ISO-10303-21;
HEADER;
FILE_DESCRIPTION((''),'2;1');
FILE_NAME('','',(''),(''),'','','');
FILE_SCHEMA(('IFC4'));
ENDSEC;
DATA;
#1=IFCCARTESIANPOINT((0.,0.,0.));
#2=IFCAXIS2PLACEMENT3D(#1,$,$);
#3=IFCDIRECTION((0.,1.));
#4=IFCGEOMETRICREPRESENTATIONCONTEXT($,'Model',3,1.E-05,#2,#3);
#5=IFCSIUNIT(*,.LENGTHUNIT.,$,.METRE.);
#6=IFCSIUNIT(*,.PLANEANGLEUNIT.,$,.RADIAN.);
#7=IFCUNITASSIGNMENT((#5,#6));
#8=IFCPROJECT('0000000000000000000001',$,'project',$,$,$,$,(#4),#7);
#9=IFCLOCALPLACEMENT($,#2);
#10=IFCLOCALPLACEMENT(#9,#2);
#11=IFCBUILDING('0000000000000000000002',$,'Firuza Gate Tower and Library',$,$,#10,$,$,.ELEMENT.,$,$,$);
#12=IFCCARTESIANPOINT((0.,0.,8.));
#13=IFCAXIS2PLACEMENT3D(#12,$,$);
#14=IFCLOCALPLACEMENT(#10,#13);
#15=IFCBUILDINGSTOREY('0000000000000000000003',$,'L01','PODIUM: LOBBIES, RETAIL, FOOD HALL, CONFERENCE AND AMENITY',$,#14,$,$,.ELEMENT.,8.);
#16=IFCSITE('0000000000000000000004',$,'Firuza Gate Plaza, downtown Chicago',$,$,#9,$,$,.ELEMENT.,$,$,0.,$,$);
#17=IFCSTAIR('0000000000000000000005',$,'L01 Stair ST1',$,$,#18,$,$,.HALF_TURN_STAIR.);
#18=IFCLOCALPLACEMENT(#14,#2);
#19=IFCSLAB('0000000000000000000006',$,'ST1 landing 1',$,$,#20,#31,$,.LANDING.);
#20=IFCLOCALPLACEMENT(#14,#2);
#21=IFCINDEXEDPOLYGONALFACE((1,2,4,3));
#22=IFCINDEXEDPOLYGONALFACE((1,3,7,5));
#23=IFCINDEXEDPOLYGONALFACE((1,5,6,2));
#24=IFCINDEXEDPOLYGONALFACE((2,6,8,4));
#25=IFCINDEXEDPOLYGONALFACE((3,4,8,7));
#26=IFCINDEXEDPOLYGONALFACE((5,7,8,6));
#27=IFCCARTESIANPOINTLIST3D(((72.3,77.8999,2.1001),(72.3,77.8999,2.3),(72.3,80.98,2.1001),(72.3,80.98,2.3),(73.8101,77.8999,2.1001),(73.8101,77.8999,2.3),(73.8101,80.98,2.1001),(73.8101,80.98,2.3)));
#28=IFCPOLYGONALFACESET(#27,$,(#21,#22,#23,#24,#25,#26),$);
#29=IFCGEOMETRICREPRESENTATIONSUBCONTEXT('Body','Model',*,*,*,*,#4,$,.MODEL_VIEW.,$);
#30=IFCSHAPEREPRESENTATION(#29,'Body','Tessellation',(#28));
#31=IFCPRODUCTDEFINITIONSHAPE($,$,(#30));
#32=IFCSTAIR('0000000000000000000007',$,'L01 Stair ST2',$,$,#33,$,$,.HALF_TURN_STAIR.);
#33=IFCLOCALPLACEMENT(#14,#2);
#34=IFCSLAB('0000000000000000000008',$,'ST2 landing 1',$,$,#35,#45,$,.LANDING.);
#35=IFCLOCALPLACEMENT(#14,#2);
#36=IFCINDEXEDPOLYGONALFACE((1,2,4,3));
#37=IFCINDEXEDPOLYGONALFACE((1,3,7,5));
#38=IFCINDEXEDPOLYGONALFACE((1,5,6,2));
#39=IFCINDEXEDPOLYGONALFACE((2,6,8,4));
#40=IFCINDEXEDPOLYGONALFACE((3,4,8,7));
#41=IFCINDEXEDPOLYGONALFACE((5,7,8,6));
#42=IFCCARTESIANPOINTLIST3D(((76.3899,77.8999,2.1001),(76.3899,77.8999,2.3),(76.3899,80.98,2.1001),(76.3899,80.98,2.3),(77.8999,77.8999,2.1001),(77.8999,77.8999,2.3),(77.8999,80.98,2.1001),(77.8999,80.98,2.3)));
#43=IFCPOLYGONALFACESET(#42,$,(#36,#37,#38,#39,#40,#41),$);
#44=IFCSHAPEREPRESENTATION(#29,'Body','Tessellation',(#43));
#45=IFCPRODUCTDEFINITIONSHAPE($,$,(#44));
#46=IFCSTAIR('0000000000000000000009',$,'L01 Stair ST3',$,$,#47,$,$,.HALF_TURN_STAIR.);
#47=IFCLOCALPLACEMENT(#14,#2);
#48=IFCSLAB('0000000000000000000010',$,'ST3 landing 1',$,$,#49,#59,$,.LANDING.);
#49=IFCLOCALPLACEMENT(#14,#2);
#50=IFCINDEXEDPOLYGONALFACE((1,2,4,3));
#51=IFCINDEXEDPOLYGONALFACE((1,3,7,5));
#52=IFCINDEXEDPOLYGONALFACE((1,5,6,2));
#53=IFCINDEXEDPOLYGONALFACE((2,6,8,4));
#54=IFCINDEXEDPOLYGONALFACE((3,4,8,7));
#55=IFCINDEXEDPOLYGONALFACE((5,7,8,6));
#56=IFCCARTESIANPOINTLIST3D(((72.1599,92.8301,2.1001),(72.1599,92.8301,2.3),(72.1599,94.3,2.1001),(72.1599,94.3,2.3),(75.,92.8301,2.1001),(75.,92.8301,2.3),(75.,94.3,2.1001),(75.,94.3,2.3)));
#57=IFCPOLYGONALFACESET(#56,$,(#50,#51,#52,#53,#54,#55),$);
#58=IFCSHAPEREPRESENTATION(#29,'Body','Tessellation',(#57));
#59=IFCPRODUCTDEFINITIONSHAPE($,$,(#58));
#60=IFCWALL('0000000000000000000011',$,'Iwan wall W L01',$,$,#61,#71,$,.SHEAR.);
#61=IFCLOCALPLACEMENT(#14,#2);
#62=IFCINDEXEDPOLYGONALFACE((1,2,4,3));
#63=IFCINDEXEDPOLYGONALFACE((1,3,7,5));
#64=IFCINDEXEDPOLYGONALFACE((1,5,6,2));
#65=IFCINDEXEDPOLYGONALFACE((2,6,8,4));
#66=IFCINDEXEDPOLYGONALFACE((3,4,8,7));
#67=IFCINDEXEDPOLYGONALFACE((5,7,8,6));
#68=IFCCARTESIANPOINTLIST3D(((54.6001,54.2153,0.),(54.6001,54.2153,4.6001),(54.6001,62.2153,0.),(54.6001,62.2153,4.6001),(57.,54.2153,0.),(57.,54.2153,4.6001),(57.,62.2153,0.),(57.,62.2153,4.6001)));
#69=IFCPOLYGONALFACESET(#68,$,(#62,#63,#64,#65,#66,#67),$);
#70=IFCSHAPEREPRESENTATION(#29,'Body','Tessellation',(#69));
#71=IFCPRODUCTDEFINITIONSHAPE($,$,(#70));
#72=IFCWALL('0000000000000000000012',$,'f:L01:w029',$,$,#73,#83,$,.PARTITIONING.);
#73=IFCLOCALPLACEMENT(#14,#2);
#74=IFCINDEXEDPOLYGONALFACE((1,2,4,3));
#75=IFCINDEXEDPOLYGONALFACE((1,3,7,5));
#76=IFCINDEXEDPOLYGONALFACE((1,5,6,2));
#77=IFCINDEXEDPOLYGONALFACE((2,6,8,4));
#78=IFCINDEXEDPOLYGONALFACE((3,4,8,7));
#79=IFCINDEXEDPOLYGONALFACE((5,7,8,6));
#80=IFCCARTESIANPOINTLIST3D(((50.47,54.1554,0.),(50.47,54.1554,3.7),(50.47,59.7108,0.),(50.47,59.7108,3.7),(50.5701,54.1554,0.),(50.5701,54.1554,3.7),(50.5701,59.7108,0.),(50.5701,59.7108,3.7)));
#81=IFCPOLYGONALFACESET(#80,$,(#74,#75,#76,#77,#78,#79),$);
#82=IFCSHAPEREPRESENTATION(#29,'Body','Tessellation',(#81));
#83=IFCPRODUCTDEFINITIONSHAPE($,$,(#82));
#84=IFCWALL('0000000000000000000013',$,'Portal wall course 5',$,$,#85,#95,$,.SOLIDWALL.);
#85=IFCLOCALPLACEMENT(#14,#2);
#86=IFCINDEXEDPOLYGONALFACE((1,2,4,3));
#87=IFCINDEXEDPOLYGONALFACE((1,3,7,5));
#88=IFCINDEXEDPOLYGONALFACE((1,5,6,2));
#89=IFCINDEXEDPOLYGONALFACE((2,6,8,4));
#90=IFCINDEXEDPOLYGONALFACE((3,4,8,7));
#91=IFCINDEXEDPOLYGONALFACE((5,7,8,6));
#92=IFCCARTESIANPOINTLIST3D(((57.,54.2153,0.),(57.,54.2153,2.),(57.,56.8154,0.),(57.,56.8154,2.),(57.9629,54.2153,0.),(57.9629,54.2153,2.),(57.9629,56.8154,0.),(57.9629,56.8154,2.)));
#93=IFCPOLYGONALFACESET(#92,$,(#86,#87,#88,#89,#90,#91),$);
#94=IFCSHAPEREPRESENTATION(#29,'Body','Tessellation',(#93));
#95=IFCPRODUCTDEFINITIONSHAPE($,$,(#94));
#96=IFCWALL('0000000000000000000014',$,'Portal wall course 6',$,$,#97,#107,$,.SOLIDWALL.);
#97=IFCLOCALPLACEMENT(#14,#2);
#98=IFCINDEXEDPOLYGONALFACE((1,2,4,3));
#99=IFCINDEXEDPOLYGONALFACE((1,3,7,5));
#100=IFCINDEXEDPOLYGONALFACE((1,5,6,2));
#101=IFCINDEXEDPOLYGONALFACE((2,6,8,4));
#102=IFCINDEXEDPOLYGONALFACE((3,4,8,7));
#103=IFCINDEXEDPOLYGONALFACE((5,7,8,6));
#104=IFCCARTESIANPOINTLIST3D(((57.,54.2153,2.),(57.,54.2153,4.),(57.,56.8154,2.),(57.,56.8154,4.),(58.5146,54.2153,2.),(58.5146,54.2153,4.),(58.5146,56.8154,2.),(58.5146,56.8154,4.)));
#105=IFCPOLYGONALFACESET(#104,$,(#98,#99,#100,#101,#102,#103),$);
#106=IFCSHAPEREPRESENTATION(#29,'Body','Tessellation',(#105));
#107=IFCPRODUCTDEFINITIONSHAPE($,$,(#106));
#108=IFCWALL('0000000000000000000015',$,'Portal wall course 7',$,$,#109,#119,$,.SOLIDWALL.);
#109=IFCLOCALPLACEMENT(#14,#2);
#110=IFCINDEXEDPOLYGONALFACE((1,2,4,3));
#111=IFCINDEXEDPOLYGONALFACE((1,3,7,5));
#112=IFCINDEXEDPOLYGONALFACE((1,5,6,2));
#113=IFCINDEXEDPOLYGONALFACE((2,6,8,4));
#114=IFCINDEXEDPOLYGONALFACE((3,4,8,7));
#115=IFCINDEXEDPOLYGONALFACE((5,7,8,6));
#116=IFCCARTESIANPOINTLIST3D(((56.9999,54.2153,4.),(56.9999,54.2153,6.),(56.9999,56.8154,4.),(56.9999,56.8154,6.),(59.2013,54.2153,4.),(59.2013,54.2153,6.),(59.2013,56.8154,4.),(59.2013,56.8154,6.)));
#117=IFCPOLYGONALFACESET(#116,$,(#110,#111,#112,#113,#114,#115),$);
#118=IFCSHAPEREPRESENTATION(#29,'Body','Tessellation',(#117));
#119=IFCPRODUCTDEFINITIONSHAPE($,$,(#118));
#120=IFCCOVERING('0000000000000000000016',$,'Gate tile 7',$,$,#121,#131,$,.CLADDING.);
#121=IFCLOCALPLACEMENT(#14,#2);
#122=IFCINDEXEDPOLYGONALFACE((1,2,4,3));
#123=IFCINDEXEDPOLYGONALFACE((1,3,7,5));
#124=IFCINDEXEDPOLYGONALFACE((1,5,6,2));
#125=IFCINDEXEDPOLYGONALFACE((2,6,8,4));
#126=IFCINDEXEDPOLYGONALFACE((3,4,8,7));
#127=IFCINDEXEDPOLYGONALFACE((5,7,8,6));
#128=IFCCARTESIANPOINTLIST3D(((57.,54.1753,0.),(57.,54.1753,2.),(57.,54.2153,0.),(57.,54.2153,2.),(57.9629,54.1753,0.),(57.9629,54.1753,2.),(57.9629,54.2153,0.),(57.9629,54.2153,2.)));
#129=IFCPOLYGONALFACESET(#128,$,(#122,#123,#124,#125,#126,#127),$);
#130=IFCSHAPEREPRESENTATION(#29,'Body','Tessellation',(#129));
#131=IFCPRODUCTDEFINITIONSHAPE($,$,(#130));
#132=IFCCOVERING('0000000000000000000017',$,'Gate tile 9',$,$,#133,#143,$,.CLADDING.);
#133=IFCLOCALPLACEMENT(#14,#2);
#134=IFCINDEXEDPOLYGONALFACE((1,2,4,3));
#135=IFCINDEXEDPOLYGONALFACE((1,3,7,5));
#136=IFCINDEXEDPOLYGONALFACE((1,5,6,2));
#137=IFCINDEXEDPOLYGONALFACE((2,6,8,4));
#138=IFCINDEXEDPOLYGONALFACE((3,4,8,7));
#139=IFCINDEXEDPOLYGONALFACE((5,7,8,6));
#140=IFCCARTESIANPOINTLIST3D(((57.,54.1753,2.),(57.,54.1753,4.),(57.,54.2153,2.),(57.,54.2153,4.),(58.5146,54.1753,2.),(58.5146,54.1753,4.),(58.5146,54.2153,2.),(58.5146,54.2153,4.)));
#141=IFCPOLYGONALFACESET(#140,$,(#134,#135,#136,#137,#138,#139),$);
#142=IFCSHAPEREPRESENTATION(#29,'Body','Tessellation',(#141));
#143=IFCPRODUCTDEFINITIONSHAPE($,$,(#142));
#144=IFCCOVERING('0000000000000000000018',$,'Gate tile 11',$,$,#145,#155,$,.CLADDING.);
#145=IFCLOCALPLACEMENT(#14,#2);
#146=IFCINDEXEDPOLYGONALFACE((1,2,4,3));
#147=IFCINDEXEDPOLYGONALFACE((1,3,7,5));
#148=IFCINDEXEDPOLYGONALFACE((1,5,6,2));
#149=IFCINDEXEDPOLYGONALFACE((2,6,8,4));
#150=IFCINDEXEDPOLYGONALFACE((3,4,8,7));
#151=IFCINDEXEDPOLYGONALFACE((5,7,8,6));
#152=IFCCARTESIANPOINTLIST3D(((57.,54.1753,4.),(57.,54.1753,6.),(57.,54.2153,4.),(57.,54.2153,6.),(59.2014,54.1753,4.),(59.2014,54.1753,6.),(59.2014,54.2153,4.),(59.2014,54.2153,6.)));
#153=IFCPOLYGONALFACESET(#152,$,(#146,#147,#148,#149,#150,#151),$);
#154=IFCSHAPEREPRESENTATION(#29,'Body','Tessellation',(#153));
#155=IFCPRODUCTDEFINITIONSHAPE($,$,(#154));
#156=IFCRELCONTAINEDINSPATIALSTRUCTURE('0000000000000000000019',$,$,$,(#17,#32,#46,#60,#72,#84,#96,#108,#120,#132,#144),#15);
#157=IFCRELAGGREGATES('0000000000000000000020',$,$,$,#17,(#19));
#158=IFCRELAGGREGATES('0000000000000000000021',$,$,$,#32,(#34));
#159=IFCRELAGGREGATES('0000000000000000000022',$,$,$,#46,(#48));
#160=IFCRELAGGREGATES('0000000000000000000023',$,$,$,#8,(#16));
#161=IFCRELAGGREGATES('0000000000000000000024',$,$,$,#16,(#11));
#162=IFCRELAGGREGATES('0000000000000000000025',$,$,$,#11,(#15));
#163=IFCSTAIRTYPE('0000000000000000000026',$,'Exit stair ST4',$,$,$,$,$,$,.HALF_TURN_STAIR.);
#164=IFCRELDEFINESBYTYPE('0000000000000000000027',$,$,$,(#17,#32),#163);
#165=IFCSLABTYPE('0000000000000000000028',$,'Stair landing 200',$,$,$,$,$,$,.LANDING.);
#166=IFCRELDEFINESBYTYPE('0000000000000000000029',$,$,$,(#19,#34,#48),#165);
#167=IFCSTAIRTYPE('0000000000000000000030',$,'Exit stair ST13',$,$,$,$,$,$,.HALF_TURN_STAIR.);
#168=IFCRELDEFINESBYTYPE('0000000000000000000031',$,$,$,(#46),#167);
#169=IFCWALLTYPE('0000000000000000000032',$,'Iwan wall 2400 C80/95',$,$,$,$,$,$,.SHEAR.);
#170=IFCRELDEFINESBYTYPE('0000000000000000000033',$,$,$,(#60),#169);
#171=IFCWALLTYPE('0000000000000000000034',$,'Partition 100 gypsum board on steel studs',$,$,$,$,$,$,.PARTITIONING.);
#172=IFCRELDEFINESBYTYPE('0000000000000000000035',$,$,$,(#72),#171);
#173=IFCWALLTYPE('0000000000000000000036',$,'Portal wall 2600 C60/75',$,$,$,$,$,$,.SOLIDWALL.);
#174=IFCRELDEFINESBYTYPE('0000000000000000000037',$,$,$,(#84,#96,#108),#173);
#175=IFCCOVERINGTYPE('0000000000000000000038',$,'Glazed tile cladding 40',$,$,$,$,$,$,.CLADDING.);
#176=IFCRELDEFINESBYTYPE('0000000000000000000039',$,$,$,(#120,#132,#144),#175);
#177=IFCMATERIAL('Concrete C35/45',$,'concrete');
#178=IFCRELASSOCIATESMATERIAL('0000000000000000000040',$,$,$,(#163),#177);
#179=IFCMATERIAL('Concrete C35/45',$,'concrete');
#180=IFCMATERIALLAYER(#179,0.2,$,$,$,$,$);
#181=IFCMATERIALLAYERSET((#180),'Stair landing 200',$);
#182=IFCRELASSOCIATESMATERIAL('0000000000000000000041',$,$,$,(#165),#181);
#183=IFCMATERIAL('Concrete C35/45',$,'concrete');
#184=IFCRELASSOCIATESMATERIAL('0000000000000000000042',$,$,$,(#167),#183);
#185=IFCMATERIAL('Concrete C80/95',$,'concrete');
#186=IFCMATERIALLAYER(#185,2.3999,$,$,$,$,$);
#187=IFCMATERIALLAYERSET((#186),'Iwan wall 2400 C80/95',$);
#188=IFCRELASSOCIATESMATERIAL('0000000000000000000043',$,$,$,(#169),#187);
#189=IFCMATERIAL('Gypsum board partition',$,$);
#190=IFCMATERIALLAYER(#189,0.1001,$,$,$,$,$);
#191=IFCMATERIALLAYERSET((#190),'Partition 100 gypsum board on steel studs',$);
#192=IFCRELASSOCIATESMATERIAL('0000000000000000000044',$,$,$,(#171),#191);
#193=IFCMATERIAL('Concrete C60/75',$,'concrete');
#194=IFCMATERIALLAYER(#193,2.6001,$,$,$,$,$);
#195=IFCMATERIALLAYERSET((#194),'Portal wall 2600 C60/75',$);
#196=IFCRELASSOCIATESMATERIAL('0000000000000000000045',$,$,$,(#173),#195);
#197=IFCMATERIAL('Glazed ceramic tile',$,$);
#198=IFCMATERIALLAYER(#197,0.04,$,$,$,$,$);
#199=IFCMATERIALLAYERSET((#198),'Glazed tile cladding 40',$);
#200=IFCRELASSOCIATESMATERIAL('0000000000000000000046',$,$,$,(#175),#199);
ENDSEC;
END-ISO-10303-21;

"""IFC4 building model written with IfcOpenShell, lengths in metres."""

from ifc_helpers import new_model, si_unit, direction, frame, frame_2d, origin, place, context, subcontext, project, spatial, polyline, rectangle, outline, extrude, material, layer, layer_set, type_object, element, aggregate, save


model = new_model("IFC4")

# Units and contexts
model_context = context("Model", 3, precision=1e-05, world=origin(), true_north=direction((0.0, 1.0)))
body_context = subcontext(model_context, "Body", "Model", "MODEL_VIEW")
ifc_project = project(units=[si_unit("LENGTHUNIT", "METRE"), si_unit("PLANEANGLEUNIT", "RADIAN")], contexts=[model_context])

# Site, building, storey
site_placement = place(None, origin())
site = spatial("IfcSite", under=ifc_project, at=site_placement, Name="Firuza Gate Plaza, downtown Chicago", CompositionType="ELEMENT", RefElevation=0.0)
building_placement = place(site_placement, origin())
building = spatial("IfcBuilding", under=site, at=building_placement, Name="Firuza Gate Tower and Library", CompositionType="ELEMENT")
storey_placement = place(building_placement, frame((0.0, 0.0, 8.0)))
storey = spatial("IfcBuildingStorey", under=building, at=storey_placement, Name="L01", Description="PODIUM: LOBBIES, RETAIL, FOOD HALL, CONFERENCE AND AMENITY", CompositionType="ELEMENT", Elevation=8.0)

# Shared definitions
placement_1 = place(storey_placement, origin())

# Stairs, slabs
placement_2 = place(storey_placement, frame((0.0, 0.0, 2.1001)))
ifc_material_1 = material(Name="Concrete C35/45", Category="concrete")
stair_type_1 = type_object("IfcStairType", Name="Exit stair ST4", PredefinedType="HALF_TURN_STAIR", material=ifc_material_1)
stair_1 = element("IfcStair", 1, at=placement_1, inside=storey, type_object=stair_type_1, Name="L01 Stair ST1", PredefinedType="HALF_TURN_STAIR")
ifc_material_2 = material(Name="Concrete C35/45", Category="concrete")
ifc_layer_1 = layer(ifc_material_2, 0.2)
ifc_layer_set_1 = layer_set([ifc_layer_1], Name="Stair landing 200")
slab_type_1 = type_object("IfcSlabType", Name="Stair landing 200", PredefinedType="LANDING", material=ifc_layer_set_1)
slab_1 = element("IfcSlab", 2, at=placement_2, type_object=slab_type_1, Name="ST1 landing 1", PredefinedType="LANDING", context=body_context, shape_type="SweptSolid", body=[
    extrude(outline(polyline([(72.3, 77.8999), (73.8101, 77.8999), (73.8101, 80.98), (72.3, 80.98), (72.3, 77.8999)])), origin(), (0.0, 0.0, 1.0), 0.2),
])
aggregate(stair_1, [slab_1])
stair_2 = element("IfcStair", 3, at=placement_1, inside=storey, type_object=stair_type_1, Name="L01 Stair ST2", PredefinedType="HALF_TURN_STAIR")
slab_2 = element("IfcSlab", 4, at=placement_2, type_object=slab_type_1, Name="ST2 landing 1", PredefinedType="LANDING", context=body_context, shape_type="SweptSolid", body=[
    extrude(outline(polyline([(77.8999, 80.98), (76.3899, 80.98), (76.3899, 77.8999), (77.8999, 77.8999), (77.8999, 80.98)])), origin(), (0.0, 0.0, 1.0), 0.2),
])
aggregate(stair_2, [slab_2])
ifc_material_3 = material(Name="Concrete C35/45", Category="concrete")
stair_type_2 = type_object("IfcStairType", Name="Exit stair ST13", PredefinedType="HALF_TURN_STAIR", material=ifc_material_3)
stair_3 = element("IfcStair", 5, at=placement_1, inside=storey, type_object=stair_type_2, Name="L01 Stair ST3", PredefinedType="HALF_TURN_STAIR")
slab_3 = element("IfcSlab", 6, at=placement_2, type_object=slab_type_1, Name="ST3 landing 1", PredefinedType="LANDING", context=body_context, shape_type="SweptSolid", body=[
    extrude(outline(polyline([(75.0, 92.8301), (75.0, 94.3), (72.1599, 94.3), (72.1599, 92.8301), (75.0, 92.8301)])), origin(), (0.0, 0.0, 1.0), 0.2),
])
aggregate(stair_3, [slab_3])

# Walls
ifc_material_4 = material(Name="Concrete C80/95", Category="concrete")
ifc_layer_2 = layer(ifc_material_4, 2.3999)
ifc_layer_set_2 = layer_set([ifc_layer_2], Name="Iwan wall 2400 C80/95")
wall_type_1 = type_object("IfcWallType", Name="Iwan wall 2400 C80/95", PredefinedType="SHEAR", material=ifc_layer_set_2)
wall_1_placement = place(storey_placement, frame((55.8, 54.2153, 0.0), z_axis=(0.0, 0.0, 1.0), x_axis=(0.0, 1.0, 0.0)))
element("IfcWall", 7, at=wall_1_placement, inside=storey, type_object=wall_type_1, Name="Iwan wall W L01", PredefinedType="SHEAR", context=body_context, shape_type="SweptSolid", body=[
    extrude(rectangle(XDim=8.0, YDim=2.3999, at=frame_2d((4.0, 0.0))), origin(), (0.0, 0.0, 1.0), 4.6001),
])
ifc_material_5 = material(Name="Gypsum board partition")
ifc_layer_3 = layer(ifc_material_5, 0.1001)
ifc_layer_set_3 = layer_set([ifc_layer_3], Name="Partition 100 gypsum board on steel studs")
wall_type_2 = type_object("IfcWallType", Name="Partition 100 gypsum board on steel studs", PredefinedType="PARTITIONING", material=ifc_layer_set_3)
wall_2_placement = place(storey_placement, frame((50.52, 54.1553, 0.0), z_axis=(0.0, 0.0, 1.0), x_axis=(0.0, 1.0, 0.0)))
element("IfcWall", 8, at=wall_2_placement, inside=storey, type_object=wall_type_2, Name="f:L01:w029", PredefinedType="PARTITIONING", context=body_context, shape_type="SweptSolid", body=[
    extrude(rectangle(XDim=5.5554, YDim=0.1001, at=frame_2d((2.7778, 0.0))), origin(), (0.0, 0.0, 1.0), 3.7),
])
ifc_material_6 = material(Name="Concrete C60/75", Category="concrete")
ifc_layer_4 = layer(ifc_material_6, 2.6001)
ifc_layer_set_4 = layer_set([ifc_layer_4], Name="Portal wall 2600 C60/75")
wall_type_3 = type_object("IfcWallType", Name="Portal wall 2600 C60/75", PredefinedType="SOLIDWALL", material=ifc_layer_set_4)
wall_3_placement = place(storey_placement, frame((57.0, 55.5154, 0.0), z_axis=(0.0, 0.0, 1.0), x_axis=(1.0, 0.0, 0.0)))
element("IfcWall", 9, at=wall_3_placement, inside=storey, type_object=wall_type_3, Name="Portal wall course 5", PredefinedType="SOLIDWALL", context=body_context, shape_type="SweptSolid", body=[
    extrude(rectangle(XDim=0.9629, YDim=2.6001, at=frame_2d((0.4814, 0.0))), origin(), (0.0, 0.0, 1.0), 2.0),
])
wall_4_placement = place(storey_placement, frame((57.0, 55.5154, 2.0), z_axis=(0.0, 0.0, 1.0), x_axis=(1.0, 0.0, 0.0)))
element("IfcWall", 10, at=wall_4_placement, inside=storey, type_object=wall_type_3, Name="Portal wall course 6", PredefinedType="SOLIDWALL", context=body_context, shape_type="SweptSolid", body=[
    extrude(rectangle(XDim=1.5146, YDim=2.6001, at=frame_2d((0.7573, 0.0))), origin(), (0.0, 0.0, 1.0), 2.0),
])
wall_5_placement = place(storey_placement, frame((57.0, 55.5154, 4.0), z_axis=(0.0, 0.0, 1.0), x_axis=(1.0, 0.0, 0.0)))
element("IfcWall", 11, at=wall_5_placement, inside=storey, type_object=wall_type_3, Name="Portal wall course 7", PredefinedType="SOLIDWALL", context=body_context, shape_type="SweptSolid", body=[
    extrude(rectangle(XDim=2.2014, YDim=2.6001, at=frame_2d((1.1006, 0.0))), origin(), (0.0, 0.0, 1.0), 2.0),
])

# Coverings
ifc_material_7 = material(Name="Glazed ceramic tile")
ifc_layer_5 = layer(ifc_material_7, 0.04)
ifc_layer_set_5 = layer_set([ifc_layer_5], Name="Glazed tile cladding 40")
covering_type = type_object("IfcCoveringType", Name="Glazed tile cladding 40", PredefinedType="CLADDING", material=ifc_layer_set_5)
covering_1_placement = place(storey_placement, frame((57.0, 54.1753, 0.0), z_axis=(0.0, -1.0, 0.0), x_axis=(1.0, 0.0, 0.0)))
element("IfcCovering", 12, at=covering_1_placement, inside=storey, type_object=covering_type, Name="Gate tile 7", PredefinedType="CLADDING", context=body_context, shape_type="SweptSolid", body=[
    extrude(outline(polyline([(0.0, 0.0), (0.9629, 0.0), (0.9629, 2.0), (0.0, 2.0), (0.0, 0.0)])), origin(), (0.0, 0.0, -1.0), 0.04),
])
covering_2_placement = place(storey_placement, frame((57.0, 54.1753, 2.0), z_axis=(0.0, -1.0, 0.0), x_axis=(1.0, 0.0, 0.0)))
element("IfcCovering", 13, at=covering_2_placement, inside=storey, type_object=covering_type, Name="Gate tile 9", PredefinedType="CLADDING", context=body_context, shape_type="SweptSolid", body=[
    extrude(outline(polyline([(0.0, 0.0), (1.5146, 0.0), (1.5146, 2.0), (0.0, 2.0), (0.0, 0.0)])), origin(), (0.0, 0.0, -1.0), 0.04),
])
covering_3_placement = place(storey_placement, frame((57.0, 54.1753, 4.0), z_axis=(0.0, -1.0, 0.0), x_axis=(1.0, 0.0, 0.0)))
element("IfcCovering", 14, at=covering_3_placement, inside=storey, type_object=covering_type, Name="Gate tile 11", PredefinedType="CLADDING", context=body_context, shape_type="SweptSolid", body=[
    extrude(outline(polyline([(0.0, 0.0), (2.2014, 0.0), (2.2014, 2.0), (0.0, 2.0), (0.0, 0.0)])), origin(), (0.0, 0.0, -1.0), 0.04),
])

save(model, "model.ifc")
